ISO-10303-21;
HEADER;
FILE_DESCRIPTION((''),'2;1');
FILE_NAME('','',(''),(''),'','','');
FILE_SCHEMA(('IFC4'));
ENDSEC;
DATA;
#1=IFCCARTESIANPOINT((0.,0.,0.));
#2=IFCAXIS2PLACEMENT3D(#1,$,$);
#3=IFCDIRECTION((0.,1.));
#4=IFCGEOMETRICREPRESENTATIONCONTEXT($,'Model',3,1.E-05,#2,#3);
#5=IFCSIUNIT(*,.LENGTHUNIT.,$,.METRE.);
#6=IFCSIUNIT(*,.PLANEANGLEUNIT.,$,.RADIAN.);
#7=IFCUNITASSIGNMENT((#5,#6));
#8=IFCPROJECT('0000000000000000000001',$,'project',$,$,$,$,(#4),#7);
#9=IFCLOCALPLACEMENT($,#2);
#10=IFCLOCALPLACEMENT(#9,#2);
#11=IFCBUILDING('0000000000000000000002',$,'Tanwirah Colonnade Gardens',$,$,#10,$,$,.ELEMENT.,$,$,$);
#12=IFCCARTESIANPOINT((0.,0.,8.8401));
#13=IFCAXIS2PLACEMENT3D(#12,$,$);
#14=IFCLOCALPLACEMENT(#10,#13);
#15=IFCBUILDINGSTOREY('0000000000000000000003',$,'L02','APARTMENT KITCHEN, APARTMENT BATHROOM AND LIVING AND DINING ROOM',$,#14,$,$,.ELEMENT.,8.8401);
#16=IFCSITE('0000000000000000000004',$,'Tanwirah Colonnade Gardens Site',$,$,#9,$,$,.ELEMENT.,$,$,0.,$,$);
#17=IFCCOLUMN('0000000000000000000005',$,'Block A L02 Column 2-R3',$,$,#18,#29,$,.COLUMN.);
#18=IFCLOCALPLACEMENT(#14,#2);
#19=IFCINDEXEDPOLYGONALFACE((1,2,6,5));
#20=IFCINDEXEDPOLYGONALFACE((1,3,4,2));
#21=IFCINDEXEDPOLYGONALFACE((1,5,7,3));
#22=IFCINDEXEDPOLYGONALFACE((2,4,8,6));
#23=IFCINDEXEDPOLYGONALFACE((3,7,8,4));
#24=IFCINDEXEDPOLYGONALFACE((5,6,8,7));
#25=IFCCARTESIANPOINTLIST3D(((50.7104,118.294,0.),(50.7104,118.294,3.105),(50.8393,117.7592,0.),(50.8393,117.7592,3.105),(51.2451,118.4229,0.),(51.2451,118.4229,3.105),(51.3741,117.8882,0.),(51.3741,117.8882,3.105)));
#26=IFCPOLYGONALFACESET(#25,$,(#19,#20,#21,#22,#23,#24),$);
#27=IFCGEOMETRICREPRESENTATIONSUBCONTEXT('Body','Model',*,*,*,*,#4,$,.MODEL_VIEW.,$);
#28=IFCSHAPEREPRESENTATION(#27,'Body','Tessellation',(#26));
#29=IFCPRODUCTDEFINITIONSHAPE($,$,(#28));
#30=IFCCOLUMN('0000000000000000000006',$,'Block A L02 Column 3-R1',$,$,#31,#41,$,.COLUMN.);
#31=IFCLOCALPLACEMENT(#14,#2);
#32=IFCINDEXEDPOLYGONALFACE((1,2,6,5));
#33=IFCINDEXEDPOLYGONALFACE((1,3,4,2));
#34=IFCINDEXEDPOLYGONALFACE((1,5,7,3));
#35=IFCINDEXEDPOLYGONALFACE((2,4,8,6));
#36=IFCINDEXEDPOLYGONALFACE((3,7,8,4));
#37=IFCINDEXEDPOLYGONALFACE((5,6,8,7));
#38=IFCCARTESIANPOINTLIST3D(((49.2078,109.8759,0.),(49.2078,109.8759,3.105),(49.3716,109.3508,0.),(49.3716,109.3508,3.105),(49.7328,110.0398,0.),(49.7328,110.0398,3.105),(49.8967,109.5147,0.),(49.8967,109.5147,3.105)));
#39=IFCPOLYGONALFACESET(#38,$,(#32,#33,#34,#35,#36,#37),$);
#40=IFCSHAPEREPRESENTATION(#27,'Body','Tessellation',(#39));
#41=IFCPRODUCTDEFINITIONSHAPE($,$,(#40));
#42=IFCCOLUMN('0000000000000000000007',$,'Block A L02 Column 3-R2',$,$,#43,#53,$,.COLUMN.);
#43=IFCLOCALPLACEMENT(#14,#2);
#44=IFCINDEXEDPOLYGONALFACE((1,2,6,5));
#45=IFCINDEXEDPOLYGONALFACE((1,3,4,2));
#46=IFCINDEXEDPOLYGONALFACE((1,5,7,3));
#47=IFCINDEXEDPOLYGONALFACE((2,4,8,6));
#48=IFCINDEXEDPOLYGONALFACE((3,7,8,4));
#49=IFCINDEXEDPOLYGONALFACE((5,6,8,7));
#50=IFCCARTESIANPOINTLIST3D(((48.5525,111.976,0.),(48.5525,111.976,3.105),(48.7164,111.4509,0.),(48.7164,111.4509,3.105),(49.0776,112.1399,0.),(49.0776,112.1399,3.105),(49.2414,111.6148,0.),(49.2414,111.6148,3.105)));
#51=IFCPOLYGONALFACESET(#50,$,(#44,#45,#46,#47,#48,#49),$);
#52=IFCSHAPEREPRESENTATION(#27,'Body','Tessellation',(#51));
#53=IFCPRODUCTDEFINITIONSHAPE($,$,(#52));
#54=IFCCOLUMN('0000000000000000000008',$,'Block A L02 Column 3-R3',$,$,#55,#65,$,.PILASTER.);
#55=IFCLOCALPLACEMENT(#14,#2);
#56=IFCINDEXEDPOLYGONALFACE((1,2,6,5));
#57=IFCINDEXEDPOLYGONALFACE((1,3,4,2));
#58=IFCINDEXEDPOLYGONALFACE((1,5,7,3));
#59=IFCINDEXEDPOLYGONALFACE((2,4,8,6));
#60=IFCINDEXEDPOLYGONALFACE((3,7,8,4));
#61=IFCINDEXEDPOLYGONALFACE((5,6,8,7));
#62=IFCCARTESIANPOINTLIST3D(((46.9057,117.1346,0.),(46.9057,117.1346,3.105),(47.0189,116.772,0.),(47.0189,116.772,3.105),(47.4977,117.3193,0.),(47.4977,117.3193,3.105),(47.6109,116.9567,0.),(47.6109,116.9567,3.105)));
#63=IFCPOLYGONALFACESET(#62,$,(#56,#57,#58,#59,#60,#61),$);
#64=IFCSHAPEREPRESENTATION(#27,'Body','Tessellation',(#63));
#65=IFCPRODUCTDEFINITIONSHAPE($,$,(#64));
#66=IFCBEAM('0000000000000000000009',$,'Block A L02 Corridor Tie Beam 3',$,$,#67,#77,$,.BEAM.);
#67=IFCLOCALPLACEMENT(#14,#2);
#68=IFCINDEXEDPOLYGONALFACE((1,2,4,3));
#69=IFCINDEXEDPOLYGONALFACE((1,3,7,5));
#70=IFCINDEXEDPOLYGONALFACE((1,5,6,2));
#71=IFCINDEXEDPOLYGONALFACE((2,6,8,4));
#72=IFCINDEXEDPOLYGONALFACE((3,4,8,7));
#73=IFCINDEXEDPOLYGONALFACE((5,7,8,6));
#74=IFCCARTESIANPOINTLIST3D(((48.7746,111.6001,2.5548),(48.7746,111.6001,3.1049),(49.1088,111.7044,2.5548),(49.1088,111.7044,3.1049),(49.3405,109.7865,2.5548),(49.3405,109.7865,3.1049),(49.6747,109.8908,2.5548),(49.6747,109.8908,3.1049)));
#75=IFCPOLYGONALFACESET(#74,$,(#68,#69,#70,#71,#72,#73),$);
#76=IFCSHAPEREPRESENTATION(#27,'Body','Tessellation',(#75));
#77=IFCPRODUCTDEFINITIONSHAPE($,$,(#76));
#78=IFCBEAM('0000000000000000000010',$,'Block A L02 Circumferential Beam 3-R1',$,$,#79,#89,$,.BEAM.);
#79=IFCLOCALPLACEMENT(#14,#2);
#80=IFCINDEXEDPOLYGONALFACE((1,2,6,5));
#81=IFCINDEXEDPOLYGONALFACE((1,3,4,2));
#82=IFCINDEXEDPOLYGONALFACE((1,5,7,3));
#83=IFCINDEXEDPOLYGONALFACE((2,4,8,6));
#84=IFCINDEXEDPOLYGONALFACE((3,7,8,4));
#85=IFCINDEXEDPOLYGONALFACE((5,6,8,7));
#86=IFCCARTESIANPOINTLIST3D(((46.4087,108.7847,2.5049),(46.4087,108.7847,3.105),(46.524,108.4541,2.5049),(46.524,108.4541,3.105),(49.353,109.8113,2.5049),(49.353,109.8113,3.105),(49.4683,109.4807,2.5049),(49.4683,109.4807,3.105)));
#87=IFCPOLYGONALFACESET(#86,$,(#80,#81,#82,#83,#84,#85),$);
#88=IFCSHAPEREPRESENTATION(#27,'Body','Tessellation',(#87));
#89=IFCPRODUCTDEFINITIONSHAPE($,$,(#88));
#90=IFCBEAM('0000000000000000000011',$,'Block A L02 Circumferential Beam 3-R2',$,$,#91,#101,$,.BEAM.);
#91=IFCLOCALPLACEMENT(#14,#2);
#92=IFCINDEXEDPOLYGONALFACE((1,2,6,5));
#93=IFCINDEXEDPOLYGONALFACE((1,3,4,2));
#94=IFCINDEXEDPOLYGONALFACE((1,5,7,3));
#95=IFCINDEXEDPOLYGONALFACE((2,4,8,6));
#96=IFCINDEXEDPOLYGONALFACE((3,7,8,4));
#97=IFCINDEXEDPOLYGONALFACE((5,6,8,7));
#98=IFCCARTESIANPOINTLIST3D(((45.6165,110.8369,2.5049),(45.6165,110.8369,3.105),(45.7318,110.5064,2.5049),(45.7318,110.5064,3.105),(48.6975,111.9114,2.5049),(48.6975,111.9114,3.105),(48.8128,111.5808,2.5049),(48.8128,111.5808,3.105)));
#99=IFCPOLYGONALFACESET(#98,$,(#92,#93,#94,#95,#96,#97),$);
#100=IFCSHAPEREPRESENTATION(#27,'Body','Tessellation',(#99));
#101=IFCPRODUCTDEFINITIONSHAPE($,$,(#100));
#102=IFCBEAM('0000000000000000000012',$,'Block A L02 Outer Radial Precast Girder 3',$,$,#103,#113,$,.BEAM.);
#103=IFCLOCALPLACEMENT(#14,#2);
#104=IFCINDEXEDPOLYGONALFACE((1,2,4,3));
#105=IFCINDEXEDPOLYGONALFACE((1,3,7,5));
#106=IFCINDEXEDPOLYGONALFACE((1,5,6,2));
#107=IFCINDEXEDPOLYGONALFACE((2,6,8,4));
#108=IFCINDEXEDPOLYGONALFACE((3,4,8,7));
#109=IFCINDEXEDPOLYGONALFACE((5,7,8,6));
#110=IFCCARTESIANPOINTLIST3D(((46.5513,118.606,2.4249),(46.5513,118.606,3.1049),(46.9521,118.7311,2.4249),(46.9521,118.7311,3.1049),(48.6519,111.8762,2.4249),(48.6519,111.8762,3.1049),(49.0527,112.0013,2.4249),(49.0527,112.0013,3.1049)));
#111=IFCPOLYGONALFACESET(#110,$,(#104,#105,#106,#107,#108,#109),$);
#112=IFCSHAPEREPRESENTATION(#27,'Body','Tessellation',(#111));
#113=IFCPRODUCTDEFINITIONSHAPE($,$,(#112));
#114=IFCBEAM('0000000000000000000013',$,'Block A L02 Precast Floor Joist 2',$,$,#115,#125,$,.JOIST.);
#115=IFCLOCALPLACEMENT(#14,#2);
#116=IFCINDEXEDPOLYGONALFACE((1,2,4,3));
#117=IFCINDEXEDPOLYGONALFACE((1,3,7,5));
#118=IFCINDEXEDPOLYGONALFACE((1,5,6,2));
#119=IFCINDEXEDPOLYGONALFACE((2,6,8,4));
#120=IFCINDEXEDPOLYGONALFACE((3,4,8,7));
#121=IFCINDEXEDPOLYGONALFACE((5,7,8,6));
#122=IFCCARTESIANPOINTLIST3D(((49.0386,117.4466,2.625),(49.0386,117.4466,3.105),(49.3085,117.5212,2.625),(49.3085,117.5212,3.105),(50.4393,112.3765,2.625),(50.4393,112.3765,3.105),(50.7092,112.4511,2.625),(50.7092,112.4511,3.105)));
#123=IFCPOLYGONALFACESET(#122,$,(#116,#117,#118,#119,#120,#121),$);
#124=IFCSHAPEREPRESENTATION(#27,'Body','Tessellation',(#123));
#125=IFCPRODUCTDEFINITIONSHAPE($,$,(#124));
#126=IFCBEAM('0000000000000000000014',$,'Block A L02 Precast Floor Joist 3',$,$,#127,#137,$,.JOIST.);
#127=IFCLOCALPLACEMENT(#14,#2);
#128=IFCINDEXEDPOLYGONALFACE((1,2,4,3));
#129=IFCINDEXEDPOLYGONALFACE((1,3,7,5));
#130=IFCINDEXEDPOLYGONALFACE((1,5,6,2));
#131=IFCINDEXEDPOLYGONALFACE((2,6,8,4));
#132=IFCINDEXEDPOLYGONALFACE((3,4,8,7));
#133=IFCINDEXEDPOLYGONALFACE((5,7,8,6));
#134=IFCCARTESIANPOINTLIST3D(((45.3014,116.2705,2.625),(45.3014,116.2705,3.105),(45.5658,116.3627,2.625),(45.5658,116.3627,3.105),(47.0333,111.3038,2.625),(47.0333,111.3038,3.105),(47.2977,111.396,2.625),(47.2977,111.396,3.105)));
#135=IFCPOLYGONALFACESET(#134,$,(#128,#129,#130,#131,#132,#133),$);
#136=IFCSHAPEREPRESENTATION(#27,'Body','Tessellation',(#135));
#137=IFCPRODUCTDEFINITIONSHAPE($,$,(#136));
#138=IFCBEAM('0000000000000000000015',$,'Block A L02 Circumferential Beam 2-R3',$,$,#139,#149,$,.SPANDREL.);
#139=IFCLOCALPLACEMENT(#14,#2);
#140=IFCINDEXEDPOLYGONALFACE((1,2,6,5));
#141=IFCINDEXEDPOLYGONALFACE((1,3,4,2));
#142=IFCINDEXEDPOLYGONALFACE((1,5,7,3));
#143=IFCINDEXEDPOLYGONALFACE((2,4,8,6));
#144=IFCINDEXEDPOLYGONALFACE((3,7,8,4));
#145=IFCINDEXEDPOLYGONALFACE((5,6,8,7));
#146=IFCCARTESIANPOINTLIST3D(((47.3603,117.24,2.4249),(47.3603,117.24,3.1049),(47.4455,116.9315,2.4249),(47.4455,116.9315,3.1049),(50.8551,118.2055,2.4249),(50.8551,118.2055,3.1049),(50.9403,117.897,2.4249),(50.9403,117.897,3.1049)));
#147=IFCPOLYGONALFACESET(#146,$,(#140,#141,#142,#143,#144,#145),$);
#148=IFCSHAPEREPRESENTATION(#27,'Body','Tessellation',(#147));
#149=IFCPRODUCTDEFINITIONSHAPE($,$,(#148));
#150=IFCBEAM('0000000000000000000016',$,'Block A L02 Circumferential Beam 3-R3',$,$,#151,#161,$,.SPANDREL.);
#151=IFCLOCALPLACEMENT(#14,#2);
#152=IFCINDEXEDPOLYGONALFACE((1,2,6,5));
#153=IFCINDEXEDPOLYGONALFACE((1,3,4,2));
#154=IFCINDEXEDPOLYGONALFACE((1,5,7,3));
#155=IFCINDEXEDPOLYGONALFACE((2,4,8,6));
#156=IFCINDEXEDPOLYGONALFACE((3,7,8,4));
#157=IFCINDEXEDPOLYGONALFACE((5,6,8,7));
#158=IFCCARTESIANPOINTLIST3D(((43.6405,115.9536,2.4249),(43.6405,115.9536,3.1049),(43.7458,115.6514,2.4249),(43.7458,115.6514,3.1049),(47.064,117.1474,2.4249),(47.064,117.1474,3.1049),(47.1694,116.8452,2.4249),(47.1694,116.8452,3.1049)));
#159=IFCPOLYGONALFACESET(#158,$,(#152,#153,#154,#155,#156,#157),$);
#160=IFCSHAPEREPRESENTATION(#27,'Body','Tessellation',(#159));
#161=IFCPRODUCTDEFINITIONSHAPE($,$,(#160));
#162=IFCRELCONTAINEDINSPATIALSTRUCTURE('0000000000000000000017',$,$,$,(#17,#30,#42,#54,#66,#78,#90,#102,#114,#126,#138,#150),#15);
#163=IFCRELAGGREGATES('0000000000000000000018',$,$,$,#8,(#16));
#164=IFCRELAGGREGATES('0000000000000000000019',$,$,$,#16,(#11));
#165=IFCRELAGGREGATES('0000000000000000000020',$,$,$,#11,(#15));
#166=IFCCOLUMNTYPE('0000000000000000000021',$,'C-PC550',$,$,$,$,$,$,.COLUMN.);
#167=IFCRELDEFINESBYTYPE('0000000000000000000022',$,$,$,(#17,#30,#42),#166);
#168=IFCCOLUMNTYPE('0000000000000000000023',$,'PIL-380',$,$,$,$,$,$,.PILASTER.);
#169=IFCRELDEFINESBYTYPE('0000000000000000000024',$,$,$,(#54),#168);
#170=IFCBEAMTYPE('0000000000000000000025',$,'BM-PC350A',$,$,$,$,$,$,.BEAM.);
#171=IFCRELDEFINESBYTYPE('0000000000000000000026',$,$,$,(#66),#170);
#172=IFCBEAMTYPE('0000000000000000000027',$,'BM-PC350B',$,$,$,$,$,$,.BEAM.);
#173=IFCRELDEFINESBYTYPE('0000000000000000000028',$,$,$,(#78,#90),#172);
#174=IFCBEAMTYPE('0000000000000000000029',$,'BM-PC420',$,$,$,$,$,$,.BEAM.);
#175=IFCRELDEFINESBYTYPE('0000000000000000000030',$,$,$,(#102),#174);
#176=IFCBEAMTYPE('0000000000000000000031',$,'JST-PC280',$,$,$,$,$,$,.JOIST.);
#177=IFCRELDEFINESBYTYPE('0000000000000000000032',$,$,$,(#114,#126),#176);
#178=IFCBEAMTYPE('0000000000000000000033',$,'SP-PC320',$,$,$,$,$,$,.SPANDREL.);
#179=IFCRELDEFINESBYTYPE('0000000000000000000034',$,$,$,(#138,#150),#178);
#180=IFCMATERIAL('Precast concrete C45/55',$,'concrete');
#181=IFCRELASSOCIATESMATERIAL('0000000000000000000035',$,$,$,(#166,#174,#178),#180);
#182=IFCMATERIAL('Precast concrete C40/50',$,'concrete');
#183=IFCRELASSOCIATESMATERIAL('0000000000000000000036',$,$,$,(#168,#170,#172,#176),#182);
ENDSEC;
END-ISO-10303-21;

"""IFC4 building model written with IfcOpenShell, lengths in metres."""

from ifc_helpers import new_model, si_unit, direction, frame, origin, origin_2d, place, context, subcontext, project, spatial, rectangle, extrude, material, material_profile, profile_set, type_object, element, save


model = new_model("IFC4")

# Units and contexts
model_context = context("Model", 3, precision=1e-05, world=origin(), true_north=direction((0.0, 1.0)))
body_context = subcontext(model_context, "Body", "Model", "MODEL_VIEW")
ifc_project = project(units=[si_unit("LENGTHUNIT", "METRE"), si_unit("PLANEANGLEUNIT", "RADIAN")], contexts=[model_context])

# Site, building, storey
site_placement = place(None, origin())
site = spatial("IfcSite", under=ifc_project, at=site_placement, Name="Tanwirah Colonnade Gardens Site", CompositionType="ELEMENT", RefElevation=0.0)
building_placement = place(site_placement, origin())
building = spatial("IfcBuilding", under=site, at=building_placement, Name="Tanwirah Colonnade Gardens", CompositionType="ELEMENT")
storey_placement = place(building_placement, frame((0.0, 0.0, 8.8401)))
storey = spatial("IfcBuildingStorey", under=building, at=storey_placement, Name="L02", Description="APARTMENT KITCHEN, APARTMENT BATHROOM AND LIVING AND DINING ROOM", CompositionType="ELEMENT", Elevation=8.8401)

# Columns
ifc_material_1 = material(Name="Precast concrete C45/55", Category="concrete")
ifc_material_profile_1 = material_profile(ifc_material_1, rectangle(XDim=0.55, YDim=0.55, at=origin_2d()), Name="PC-COL 550x550")
ifc_profile_set_1 = profile_set([ifc_material_profile_1], Name="Precast concrete C45/55")
column_type_1 = type_object("IfcColumnType", Name="C-PC550", PredefinedType="COLUMN", material=ifc_profile_set_1)
for number, where, z_axis, x_axis, name in (
    (1, (51.0422, 118.0911, 0.0), (0.0, 0.0, 1.0), (-0.234388, 0.972143, 0.0), "Block A L02 Column 2-R3"),
    (2, (49.5522, 109.6953, 0.0), (0.0, 0.0, 1.0), (-0.29793, 0.954588, 0.0), "Block A L02 Column 3-R1"),
    (3, (48.897, 111.7954, 0.0), (0.0, 0.0, 1.0), (-0.29793, 0.954588, 0.0), "Block A L02 Column 3-R2"),
):
    element("IfcColumn", number, at=place(storey_placement, frame(where, z_axis=z_axis, x_axis=x_axis)), inside=storey, type_object=column_type_1, Name=name, PredefinedType="COLUMN", context=body_context, shape_type="SweptSolid", body=[
        extrude(rectangle(XDim=0.55, YDim=0.55, at=origin_2d()), origin(), (0.0, 0.0, 1.0), 3.105),
    ])
ifc_material_2 = material(Name="Precast concrete C40/50", Category="concrete")
ifc_material_profile_2 = material_profile(ifc_material_2, rectangle(XDim=0.3799, YDim=0.6201, at=origin_2d()), Name="PC-PIL 380x620")
ifc_profile_set_2 = profile_set([ifc_material_profile_2], Name="Precast concrete C40/50")
column_type_2 = type_object("IfcColumnType", Name="PIL-380", PredefinedType="PILASTER", material=ifc_profile_set_2)
column_placement = place(storey_placement, frame((47.2583, 117.0457, 0.0), z_axis=(0.0, 0.0, 1.0), x_axis=(-0.29793, 0.954588, 0.0)))
element("IfcColumn", 4, at=column_placement, inside=storey, type_object=column_type_2, Name="Block A L02 Column 3-R3", PredefinedType="PILASTER", context=body_context, shape_type="SweptSolid", body=[
    extrude(rectangle(XDim=0.3799, YDim=0.6201, at=origin_2d()), origin(), (0.0, 0.0, 1.0), 3.105),
])

# Beams
ifc_material_profile_3 = material_profile(ifc_material_2, rectangle(XDim=0.3501, YDim=0.55, at=origin_2d()), Name="PC-BM 350x550")
ifc_profile_set_3 = profile_set([ifc_material_profile_3], Name="Precast concrete C40/50")
beam_type_1 = type_object("IfcBeamType", Name="BM-PC350A", PredefinedType="BEAM", material=ifc_profile_set_3)
beam_1_placement = place(storey_placement, frame((49.5076, 109.8386, 2.8298), z_axis=(-0.297858, 0.95461, 0.0), x_axis=(-0.95461, -0.297858, 0.0)))
element("IfcBeam", 5, at=beam_1_placement, inside=storey, type_object=beam_type_1, Name="Block A L02 Corridor Tie Beam 3", PredefinedType="BEAM", context=body_context, shape_type="SweptSolid", body=[
    extrude(rectangle(XDim=0.3501, YDim=0.55, at=origin_2d()), origin(), (0.0, 0.0, 1.0), 1.8999),
])
ifc_material_profile_4 = material_profile(ifc_material_2, rectangle(XDim=0.3501, YDim=0.6001, at=origin_2d()), Name="PC-BM 350x600")
ifc_profile_set_4 = profile_set([ifc_material_profile_4], Name="Precast concrete C40/50")
beam_type_2 = type_object("IfcBeamType", Name="BM-PC350B", PredefinedType="BEAM", material=ifc_profile_set_4)
beam_2_placement = place(storey_placement, frame((49.4106, 109.646, 2.8049), z_axis=(-0.944248, -0.329234, 0.0), x_axis=(0.329234, -0.944248, 0.0)))
element("IfcBeam", 6, at=beam_2_placement, inside=storey, type_object=beam_type_2, Name="Block A L02 Circumferential Beam 3-R1", PredefinedType="BEAM", context=body_context, shape_type="SweptSolid", body=[
    extrude(rectangle(XDim=0.3501, YDim=0.6001, at=origin_2d()), origin(), (0.0, 0.0, 1.0), 3.1182),
])
beam_3_placement = place(storey_placement, frame((48.7551, 111.7461, 2.8049), z_axis=(-0.944231, -0.329284, 0.0), x_axis=(0.329284, -0.944231, 0.0)))
element("IfcBeam", 7, at=beam_3_placement, inside=storey, type_object=beam_type_2, Name="Block A L02 Circumferential Beam 3-R2", PredefinedType="BEAM", context=body_context, shape_type="SweptSolid", body=[
    extrude(rectangle(XDim=0.3501, YDim=0.6001, at=origin_2d()), origin(), (0.0, 0.0, 1.0), 3.2629),
])
ifc_material_profile_5 = material_profile(ifc_material_1, rectangle(XDim=0.4199, YDim=0.6799, at=origin_2d()), Name="PC-BM 420x680")
ifc_profile_set_5 = profile_set([ifc_material_profile_5], Name="Precast concrete C45/55")
beam_type_3 = type_object("IfcBeamType", Name="BM-PC420", PredefinedType="BEAM", material=ifc_profile_set_5)
beam_4_placement = place(storey_placement, frame((48.8523, 111.9387, 2.7649), z_axis=(-0.297958, 0.954579, 0.0), x_axis=(-0.954579, -0.297958, 0.0)))
element("IfcBeam", 8, at=beam_4_placement, inside=storey, type_object=beam_type_3, Name="Block A L02 Outer Radial Precast Girder 3", PredefinedType="BEAM", context=body_context, shape_type="SweptSolid", body=[
    extrude(rectangle(XDim=0.4199, YDim=0.6799, at=origin_2d()), origin(), (0.0, 0.0, 1.0), 7.05),
])
ifc_material_profile_6 = material_profile(ifc_material_2, rectangle(XDim=0.28, YDim=0.48, at=origin_2d()), Name="PC-JST 280x480")
ifc_profile_set_6 = profile_set([ifc_material_profile_6], Name="Precast concrete C40/50")
beam_type_4 = type_object("IfcBeamType", Name="JST-PC280", PredefinedType="JOIST", material=ifc_profile_set_6)
for number, where, z_axis, x_axis, name in (
    (9, (50.5742, 112.4138, 2.865), (-0.266281, 0.963895, 0.0), (-0.963895, -0.266281, 0.0), "Block A L02 Precast Floor Joist 2"),
    (10, (47.1655, 111.3499, 2.865), (-0.329259, 0.94424, 0.0), (-0.94424, -0.329259, 0.0), "Block A L02 Precast Floor Joist 3"),
):
    element("IfcBeam", number, at=place(storey_placement, frame(where, z_axis=z_axis, x_axis=x_axis)), inside=storey, type_object=beam_type_4, Name=name, PredefinedType="JOIST", context=body_context, shape_type="SweptSolid", body=[
        extrude(rectangle(XDim=0.28, YDim=0.48, at=origin_2d()), origin(), (0.0, 0.0, 1.0), 5.26),
    ])
ifc_material_profile_7 = material_profile(ifc_material_1, rectangle(XDim=0.3201, YDim=0.6799, at=origin_2d()), Name="PC-SP 320x680")
ifc_profile_set_7 = profile_set([ifc_material_profile_7], Name="Precast concrete C45/55")
beam_type_5 = type_object("IfcBeamType", Name="SP-PC320", PredefinedType="SPANDREL", material=ifc_profile_set_7)
for number, where, z_axis, x_axis, name in (
    (11, (50.8977, 118.0513, 2.7649), (-0.963888, -0.266307, 0.0), (0.266307, -0.963888, 0.0), "Block A L02 Circumferential Beam 2-R3"),
    (12, (47.1167, 116.9963, 2.7649), (-0.944237, -0.329267, 0.0), (0.329267, -0.944237, 0.0), "Block A L02 Circumferential Beam 3-R3"),
):
    element("IfcBeam", number, at=place(storey_placement, frame(where, z_axis=z_axis, x_axis=x_axis)), inside=storey, type_object=beam_type_5, Name=name, PredefinedType="SPANDREL", context=body_context, shape_type="SweptSolid", body=[
        extrude(rectangle(XDim=0.3201, YDim=0.6799, at=origin_2d()), origin(), (0.0, 0.0, 1.0), 3.6257),
    ])

save(model, "model.ifc")
